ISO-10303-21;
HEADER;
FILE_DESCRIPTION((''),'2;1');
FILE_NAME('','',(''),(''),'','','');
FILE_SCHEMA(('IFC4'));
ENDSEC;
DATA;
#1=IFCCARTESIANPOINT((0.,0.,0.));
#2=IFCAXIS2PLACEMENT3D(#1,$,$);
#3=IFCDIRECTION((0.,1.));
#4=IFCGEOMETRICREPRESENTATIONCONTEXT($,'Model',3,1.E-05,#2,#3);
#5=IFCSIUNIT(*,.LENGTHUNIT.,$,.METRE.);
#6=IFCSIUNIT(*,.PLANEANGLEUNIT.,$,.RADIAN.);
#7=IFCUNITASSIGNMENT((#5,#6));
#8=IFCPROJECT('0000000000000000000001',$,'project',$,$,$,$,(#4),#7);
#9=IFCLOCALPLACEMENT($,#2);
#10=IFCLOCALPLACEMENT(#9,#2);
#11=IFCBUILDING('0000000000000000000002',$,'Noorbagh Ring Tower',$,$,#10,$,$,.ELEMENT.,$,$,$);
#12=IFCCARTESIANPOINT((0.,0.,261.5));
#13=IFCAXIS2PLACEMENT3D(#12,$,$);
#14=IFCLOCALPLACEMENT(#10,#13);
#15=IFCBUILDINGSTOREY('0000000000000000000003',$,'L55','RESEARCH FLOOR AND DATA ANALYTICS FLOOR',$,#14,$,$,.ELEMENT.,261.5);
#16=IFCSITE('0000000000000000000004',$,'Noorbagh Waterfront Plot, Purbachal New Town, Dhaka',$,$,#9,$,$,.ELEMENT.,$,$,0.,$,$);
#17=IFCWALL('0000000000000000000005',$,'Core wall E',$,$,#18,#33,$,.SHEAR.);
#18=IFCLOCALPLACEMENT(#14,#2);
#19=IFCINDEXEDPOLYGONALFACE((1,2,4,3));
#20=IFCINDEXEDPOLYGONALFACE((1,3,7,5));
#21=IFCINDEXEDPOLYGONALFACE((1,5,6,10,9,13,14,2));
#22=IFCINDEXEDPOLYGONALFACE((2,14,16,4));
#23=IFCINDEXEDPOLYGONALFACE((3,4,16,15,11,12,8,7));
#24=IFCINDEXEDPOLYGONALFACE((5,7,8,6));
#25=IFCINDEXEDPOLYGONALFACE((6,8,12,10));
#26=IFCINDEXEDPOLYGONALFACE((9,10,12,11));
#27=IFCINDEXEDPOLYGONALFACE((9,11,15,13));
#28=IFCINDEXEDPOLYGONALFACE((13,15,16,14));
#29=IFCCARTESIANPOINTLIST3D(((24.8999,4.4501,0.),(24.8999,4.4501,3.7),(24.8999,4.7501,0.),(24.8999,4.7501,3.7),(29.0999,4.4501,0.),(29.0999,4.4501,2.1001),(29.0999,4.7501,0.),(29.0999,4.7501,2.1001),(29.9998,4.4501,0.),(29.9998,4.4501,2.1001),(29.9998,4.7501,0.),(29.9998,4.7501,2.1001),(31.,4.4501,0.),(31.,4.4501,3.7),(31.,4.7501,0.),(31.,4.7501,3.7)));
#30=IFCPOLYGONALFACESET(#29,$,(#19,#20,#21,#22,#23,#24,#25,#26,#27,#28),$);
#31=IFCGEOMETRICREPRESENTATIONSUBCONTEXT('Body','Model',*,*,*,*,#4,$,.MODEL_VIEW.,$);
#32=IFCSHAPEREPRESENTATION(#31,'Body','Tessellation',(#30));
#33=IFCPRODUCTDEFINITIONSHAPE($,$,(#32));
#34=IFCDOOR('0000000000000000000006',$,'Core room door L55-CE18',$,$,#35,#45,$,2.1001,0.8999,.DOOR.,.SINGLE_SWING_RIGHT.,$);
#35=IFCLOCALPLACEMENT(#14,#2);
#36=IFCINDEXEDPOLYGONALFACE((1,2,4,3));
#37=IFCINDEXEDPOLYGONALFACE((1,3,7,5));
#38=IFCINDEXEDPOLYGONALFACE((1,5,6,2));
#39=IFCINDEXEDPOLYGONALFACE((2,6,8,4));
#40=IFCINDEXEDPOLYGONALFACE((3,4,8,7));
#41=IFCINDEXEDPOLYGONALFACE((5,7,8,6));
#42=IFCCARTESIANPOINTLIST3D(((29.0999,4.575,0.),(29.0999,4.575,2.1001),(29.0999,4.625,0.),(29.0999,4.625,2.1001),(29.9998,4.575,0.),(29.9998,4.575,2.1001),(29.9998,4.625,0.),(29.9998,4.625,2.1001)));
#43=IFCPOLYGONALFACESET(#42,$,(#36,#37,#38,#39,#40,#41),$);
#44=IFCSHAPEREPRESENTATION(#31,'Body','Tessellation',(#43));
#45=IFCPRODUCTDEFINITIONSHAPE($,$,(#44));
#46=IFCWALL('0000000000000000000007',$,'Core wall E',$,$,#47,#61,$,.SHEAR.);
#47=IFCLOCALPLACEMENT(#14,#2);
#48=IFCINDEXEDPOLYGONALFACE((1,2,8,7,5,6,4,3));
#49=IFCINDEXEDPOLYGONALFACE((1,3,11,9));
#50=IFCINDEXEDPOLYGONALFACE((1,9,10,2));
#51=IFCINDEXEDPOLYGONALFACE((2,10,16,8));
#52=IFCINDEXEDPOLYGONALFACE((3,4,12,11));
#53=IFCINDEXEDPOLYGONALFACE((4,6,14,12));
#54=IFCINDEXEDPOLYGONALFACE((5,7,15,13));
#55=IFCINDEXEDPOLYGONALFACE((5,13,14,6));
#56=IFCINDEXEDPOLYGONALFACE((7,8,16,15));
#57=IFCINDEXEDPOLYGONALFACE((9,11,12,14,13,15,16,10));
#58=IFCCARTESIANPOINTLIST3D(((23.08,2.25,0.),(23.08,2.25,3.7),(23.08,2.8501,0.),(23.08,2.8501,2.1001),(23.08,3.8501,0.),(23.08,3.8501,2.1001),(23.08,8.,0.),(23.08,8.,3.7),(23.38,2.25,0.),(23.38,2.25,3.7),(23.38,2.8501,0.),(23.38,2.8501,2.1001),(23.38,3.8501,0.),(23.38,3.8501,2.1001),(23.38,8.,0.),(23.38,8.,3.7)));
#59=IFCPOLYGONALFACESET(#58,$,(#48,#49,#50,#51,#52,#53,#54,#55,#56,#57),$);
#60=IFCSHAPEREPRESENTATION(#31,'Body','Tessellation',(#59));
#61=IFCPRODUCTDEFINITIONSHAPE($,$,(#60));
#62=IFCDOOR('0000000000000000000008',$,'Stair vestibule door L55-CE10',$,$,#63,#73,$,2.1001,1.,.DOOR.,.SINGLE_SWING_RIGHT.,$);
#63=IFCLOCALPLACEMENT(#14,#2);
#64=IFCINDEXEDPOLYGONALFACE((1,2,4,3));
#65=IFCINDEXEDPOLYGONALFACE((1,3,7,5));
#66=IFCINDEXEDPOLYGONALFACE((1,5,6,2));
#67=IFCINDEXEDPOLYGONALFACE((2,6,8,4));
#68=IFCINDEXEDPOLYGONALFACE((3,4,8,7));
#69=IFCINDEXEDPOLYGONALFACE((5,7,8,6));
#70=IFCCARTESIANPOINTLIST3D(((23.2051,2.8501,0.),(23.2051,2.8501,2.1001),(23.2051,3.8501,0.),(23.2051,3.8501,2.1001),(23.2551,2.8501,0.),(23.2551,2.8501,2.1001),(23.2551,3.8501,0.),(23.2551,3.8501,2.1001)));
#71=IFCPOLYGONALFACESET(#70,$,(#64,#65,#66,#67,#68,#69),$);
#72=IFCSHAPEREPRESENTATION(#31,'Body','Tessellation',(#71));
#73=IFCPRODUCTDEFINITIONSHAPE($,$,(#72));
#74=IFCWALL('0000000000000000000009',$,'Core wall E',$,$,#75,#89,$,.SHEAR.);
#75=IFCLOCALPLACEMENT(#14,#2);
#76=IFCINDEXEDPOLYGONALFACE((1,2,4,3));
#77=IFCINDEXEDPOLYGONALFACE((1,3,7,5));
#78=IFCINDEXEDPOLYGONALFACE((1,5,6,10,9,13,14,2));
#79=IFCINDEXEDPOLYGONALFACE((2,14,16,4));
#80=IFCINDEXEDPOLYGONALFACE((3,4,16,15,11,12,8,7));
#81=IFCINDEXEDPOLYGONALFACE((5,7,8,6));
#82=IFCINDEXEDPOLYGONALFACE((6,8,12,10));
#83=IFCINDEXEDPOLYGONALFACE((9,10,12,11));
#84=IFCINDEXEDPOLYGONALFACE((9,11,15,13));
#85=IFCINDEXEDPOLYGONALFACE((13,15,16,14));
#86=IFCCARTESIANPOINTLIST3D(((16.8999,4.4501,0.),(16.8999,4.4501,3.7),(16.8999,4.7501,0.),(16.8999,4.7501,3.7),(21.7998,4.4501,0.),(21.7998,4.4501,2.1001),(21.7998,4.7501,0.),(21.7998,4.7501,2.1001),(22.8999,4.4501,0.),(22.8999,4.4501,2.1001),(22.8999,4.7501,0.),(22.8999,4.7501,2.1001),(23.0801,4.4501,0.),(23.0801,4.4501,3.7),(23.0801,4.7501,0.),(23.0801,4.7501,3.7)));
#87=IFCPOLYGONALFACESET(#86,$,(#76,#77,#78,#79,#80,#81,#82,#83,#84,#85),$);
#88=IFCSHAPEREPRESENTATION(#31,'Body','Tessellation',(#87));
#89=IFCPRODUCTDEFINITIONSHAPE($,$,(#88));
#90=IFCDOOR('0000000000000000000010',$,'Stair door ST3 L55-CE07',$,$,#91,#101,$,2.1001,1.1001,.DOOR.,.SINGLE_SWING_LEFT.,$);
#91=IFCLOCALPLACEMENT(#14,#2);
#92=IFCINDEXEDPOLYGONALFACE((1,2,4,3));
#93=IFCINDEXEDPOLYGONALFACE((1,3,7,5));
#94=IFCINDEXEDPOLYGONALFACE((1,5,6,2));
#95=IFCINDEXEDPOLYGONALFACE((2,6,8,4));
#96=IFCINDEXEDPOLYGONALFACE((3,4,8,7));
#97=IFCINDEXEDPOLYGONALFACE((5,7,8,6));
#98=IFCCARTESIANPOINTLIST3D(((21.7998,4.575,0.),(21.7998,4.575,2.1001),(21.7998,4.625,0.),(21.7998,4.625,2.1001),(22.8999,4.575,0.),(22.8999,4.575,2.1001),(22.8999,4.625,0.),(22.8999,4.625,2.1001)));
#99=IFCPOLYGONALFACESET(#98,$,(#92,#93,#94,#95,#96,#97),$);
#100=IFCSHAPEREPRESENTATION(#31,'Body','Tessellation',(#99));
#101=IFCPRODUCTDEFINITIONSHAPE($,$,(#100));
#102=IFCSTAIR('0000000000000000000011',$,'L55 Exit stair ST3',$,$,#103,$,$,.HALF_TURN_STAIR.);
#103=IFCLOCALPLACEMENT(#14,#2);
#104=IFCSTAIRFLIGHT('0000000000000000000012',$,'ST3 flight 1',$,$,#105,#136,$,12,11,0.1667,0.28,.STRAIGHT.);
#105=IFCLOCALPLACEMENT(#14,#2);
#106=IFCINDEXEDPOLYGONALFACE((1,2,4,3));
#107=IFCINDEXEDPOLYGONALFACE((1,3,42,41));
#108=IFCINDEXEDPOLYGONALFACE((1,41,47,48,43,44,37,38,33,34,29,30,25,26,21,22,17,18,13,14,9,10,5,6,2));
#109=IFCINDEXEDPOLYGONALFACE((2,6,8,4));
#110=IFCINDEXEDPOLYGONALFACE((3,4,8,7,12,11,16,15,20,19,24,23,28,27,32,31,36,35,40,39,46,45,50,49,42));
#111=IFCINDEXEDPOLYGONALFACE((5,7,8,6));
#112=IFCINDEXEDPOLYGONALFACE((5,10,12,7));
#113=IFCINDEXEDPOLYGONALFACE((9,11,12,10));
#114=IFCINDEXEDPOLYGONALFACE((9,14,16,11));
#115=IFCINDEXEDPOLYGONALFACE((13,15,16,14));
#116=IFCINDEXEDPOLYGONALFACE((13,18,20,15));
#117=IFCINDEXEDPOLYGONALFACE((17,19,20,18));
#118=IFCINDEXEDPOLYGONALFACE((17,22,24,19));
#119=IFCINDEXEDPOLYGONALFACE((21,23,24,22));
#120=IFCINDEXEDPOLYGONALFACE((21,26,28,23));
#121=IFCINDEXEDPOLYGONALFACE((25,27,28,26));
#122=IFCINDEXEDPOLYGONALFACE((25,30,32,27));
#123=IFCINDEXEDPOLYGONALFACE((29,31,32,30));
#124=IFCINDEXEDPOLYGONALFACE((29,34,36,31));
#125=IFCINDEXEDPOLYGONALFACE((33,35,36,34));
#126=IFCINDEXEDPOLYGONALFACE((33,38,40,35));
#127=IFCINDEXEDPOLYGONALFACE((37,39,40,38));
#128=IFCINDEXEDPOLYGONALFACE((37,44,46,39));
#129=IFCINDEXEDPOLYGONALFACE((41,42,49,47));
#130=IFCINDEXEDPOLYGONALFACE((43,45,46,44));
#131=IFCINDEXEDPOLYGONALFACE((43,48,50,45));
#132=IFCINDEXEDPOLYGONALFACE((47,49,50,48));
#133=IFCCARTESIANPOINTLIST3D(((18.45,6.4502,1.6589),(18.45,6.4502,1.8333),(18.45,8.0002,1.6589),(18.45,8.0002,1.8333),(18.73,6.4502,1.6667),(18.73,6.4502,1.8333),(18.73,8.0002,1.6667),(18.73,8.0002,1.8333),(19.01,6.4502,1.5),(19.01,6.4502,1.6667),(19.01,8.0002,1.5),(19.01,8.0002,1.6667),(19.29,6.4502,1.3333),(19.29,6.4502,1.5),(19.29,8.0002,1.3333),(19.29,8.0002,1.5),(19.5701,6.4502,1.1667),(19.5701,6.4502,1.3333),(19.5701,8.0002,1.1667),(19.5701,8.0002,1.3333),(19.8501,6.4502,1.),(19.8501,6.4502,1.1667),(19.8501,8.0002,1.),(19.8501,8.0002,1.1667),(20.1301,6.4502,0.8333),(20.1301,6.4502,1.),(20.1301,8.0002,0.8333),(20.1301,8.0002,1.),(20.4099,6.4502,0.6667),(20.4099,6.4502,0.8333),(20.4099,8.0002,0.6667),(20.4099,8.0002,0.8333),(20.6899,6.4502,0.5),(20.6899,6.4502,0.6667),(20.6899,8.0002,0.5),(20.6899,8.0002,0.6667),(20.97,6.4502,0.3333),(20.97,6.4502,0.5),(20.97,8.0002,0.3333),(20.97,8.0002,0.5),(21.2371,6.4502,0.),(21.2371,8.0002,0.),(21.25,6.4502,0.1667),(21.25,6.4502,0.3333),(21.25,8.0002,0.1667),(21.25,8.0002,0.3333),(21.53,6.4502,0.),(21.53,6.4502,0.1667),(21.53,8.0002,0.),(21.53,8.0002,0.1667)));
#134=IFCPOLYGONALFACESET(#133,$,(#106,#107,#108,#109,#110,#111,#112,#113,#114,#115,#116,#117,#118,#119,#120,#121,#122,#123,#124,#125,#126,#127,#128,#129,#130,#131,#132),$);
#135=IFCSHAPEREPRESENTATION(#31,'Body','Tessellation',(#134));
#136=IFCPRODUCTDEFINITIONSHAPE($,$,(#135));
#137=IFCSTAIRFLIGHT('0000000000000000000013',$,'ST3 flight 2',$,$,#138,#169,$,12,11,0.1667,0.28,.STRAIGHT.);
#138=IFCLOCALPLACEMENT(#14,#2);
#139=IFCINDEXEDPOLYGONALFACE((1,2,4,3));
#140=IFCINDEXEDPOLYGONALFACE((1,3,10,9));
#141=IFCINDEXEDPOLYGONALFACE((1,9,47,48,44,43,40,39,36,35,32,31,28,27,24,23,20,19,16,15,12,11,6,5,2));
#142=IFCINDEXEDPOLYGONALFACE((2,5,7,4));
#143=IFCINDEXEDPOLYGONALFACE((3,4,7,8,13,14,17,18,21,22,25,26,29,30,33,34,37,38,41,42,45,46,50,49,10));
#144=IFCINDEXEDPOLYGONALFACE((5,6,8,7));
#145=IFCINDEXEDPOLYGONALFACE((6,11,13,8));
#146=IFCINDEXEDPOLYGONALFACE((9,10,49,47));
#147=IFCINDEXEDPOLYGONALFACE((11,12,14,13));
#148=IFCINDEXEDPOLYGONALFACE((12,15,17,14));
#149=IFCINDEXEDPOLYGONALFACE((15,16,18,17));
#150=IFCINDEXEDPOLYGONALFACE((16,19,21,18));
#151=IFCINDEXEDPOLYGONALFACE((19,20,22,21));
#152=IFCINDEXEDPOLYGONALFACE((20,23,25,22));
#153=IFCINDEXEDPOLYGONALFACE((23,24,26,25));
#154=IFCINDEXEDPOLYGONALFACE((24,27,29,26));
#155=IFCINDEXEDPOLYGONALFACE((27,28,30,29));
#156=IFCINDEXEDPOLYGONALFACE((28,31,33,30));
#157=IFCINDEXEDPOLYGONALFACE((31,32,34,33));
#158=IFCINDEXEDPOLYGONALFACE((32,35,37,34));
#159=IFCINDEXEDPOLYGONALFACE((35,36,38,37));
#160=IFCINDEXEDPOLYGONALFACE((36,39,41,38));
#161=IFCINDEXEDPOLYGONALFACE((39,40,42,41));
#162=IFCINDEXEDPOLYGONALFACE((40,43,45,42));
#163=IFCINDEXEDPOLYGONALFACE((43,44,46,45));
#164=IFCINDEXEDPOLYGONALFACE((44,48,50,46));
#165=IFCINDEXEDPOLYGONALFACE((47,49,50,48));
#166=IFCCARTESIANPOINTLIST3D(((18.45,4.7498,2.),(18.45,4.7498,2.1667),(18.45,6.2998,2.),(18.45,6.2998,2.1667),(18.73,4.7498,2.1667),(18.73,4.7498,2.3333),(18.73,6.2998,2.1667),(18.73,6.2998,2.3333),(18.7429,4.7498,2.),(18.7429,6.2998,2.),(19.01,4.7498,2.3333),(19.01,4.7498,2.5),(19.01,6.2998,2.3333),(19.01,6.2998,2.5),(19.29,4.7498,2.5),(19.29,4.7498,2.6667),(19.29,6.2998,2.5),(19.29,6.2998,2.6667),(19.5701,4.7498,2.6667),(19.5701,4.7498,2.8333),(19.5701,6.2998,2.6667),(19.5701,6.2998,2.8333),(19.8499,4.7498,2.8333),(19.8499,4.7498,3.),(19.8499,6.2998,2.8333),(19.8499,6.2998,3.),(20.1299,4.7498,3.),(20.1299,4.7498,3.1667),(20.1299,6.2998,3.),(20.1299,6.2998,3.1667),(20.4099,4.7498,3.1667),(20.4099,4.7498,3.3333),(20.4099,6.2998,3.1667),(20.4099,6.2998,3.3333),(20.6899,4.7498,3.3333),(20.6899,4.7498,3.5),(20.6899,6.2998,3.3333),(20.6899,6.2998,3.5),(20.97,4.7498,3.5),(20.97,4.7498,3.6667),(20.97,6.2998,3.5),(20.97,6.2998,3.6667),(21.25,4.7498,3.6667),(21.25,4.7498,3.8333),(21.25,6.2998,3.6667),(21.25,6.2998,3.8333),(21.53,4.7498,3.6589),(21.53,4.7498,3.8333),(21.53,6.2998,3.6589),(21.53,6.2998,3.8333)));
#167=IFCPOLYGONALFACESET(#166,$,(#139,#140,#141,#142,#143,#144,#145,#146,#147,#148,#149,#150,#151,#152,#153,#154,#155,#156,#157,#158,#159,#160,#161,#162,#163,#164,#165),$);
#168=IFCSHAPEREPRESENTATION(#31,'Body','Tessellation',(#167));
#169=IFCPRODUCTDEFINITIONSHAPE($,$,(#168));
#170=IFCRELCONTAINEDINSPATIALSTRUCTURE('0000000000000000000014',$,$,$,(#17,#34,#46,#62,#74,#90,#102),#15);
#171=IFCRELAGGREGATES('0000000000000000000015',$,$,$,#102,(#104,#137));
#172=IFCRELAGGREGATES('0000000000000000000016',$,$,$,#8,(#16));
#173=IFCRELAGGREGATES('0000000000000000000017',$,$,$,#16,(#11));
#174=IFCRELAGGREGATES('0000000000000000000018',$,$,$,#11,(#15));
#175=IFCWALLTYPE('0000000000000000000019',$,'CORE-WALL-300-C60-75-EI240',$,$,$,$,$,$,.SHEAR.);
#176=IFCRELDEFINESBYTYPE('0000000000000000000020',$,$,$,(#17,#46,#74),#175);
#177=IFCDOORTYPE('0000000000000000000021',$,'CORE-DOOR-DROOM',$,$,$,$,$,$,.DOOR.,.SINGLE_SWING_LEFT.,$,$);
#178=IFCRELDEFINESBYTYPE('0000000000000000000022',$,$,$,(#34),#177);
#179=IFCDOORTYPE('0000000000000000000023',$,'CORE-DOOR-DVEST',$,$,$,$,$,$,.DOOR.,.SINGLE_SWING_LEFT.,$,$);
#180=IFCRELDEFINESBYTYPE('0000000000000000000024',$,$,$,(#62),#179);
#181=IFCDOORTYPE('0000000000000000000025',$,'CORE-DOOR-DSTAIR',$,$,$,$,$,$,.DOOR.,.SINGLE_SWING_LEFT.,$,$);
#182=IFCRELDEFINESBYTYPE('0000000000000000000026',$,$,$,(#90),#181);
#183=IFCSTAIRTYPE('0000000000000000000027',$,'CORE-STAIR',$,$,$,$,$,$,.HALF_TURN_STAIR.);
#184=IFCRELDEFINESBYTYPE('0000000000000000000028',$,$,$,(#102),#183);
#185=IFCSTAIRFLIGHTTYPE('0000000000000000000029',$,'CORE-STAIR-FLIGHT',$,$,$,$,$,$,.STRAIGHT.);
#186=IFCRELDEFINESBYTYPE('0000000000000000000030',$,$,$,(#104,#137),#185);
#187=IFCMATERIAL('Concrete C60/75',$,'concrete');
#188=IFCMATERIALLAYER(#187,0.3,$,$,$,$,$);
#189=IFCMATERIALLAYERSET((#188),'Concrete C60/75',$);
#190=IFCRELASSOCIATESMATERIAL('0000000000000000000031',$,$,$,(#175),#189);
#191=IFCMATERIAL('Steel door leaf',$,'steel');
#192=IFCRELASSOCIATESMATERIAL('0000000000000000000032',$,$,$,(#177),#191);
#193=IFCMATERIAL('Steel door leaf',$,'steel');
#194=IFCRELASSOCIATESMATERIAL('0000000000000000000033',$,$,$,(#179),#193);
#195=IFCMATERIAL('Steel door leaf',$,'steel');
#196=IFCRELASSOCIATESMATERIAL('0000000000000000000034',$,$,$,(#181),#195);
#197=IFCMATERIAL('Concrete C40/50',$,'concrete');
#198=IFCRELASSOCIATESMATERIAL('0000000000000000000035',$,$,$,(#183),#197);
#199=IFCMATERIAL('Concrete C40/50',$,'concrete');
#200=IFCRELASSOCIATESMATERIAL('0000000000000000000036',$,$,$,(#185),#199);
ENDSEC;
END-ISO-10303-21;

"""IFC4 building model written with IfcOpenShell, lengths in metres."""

from ifc_helpers import new_model, si_unit, direction, frame, frame_2d, origin, place, context, subcontext, project, spatial, polyline, rectangle, outline, extrude, material, layer, layer_set, type_object, element, fill, aggregate, save


model = new_model("IFC4")

# Units and contexts
model_context = context("Model", 3, precision=1e-05, world=origin(), true_north=direction((0.0, 1.0)))
body_context = subcontext(model_context, "Body", "Model", "MODEL_VIEW")
ifc_project = project(units=[si_unit("LENGTHUNIT", "METRE"), si_unit("PLANEANGLEUNIT", "RADIAN")], contexts=[model_context])

# Site, building, storey
site_placement = place(None, origin())
site = spatial("IfcSite", under=ifc_project, at=site_placement, Name="Noorbagh Waterfront Plot, Purbachal New Town, Dhaka", CompositionType="ELEMENT", RefElevation=0.0)
building_placement = place(site_placement, origin())
building = spatial("IfcBuilding", under=site, at=building_placement, Name="Noorbagh Ring Tower", CompositionType="ELEMENT")
storey_placement = place(building_placement, frame((0.0, 0.0, 261.5)))
storey = spatial("IfcBuildingStorey", under=building, at=storey_placement, Name="L55", Description="RESEARCH FLOOR AND DATA ANALYTICS FLOOR", CompositionType="ELEMENT", Elevation=261.5)

# Walls, openings, doors
ifc_material_1 = material(Name="Concrete C60/75", Category="concrete")
ifc_layer_1 = layer(ifc_material_1, 0.3)
ifc_layer_set_1 = layer_set([ifc_layer_1], Name="Concrete C60/75")
wall_type_1 = type_object("IfcWallType", Name="CORE-WALL-300-C60-75-EI240", PredefinedType="SHEAR", material=ifc_layer_set_1)
wall_1_placement = place(storey_placement, frame((24.8999, 4.6001, 0.0), z_axis=(0.0, 0.0, 1.0), x_axis=(1.0, 0.0, 0.0)))
wall_1 = element("IfcWall", 1, at=wall_1_placement, inside=storey, type_object=wall_type_1, Name="Core wall E", PredefinedType="SHEAR", context=body_context, shape_type="SweptSolid", body=[
    extrude(rectangle(XDim=6.1001, YDim=0.3, at=frame_2d((3.05, 0.0))), origin(), (0.0, 0.0, 1.0), 3.7),
])
opening_1_placement = place(wall_1_placement, frame((4.2, 0.0, 0.0)))
opening_1 = element("IfcOpeningElement", 2, at=opening_1_placement, cuts=wall_1, PredefinedType="OPENING", context=body_context, shape_type="SweptSolid", body=[
    extrude(rectangle(XDim=0.8999, YDim=2.1001, at=frame_2d((0.45, 1.05))), frame((0.0, 0.1602, 0.0), z_axis=(0.0, -1.0, 0.0), x_axis=(1.0, 0.0, 0.0)), (0.0, 0.0, 1.0), 0.3201),
])
ifc_material_2 = material(Name="Steel door leaf", Category="steel")
door_type_1 = type_object("IfcDoorType", Name="CORE-DOOR-DROOM", OperationType="SINGLE_SWING_LEFT", PredefinedType="DOOR", material=ifc_material_2)
door_1_placement = place(opening_1_placement, origin())
door_1 = element("IfcDoor", 3, at=door_1_placement, inside=storey, type_object=door_type_1, Name="Core room door L55-CE18", OperationType="SINGLE_SWING_RIGHT", OverallHeight=2.1001, OverallWidth=0.8999, PredefinedType="DOOR", context=body_context, shape_type="SweptSolid", body=[
    extrude(rectangle(XDim=0.8999, YDim=2.1001, at=frame_2d((0.45, 1.05))), frame((0.0, 0.0249, 0.0), z_axis=(0.0, -1.0, 0.0), x_axis=(1.0, 0.0, 0.0)), (0.0, 0.0, 1.0), 0.05),
])
fill(opening_1, door_1)
wall_2_placement = place(storey_placement, frame((23.23, 2.25, 0.0), z_axis=(0.0, 0.0, 1.0), x_axis=(0.0, 1.0, 0.0)))
wall_2 = element("IfcWall", 4, at=wall_2_placement, inside=storey, type_object=wall_type_1, Name="Core wall E", PredefinedType="SHEAR", context=body_context, shape_type="SweptSolid", body=[
    extrude(rectangle(XDim=5.75, YDim=0.3, at=frame_2d((2.875, 0.0))), origin(), (0.0, 0.0, 1.0), 3.7),
])
opening_2_placement = place(wall_2_placement, frame((0.6001, 0.0, 0.0)))
opening_2 = element("IfcOpeningElement", 5, at=opening_2_placement, cuts=wall_2, PredefinedType="OPENING", context=body_context, shape_type="SweptSolid", body=[
    extrude(rectangle(XDim=1.0, YDim=2.1001, at=frame_2d((0.5, 1.05))), frame((0.0, 0.1602, 0.0), z_axis=(0.0, -1.0, 0.0), x_axis=(1.0, 0.0, 0.0)), (0.0, 0.0, 1.0), 0.3201),
])
ifc_material_3 = material(Name="Steel door leaf", Category="steel")
door_type_2 = type_object("IfcDoorType", Name="CORE-DOOR-DVEST", OperationType="SINGLE_SWING_LEFT", PredefinedType="DOOR", material=ifc_material_3)
door_2_placement = place(opening_2_placement, origin())
door_2 = element("IfcDoor", 6, at=door_2_placement, inside=storey, type_object=door_type_2, Name="Stair vestibule door L55-CE10", OperationType="SINGLE_SWING_RIGHT", OverallHeight=2.1001, OverallWidth=1.0, PredefinedType="DOOR", context=body_context, shape_type="SweptSolid", body=[
    extrude(rectangle(XDim=1.0, YDim=2.1001, at=frame_2d((0.5, 1.05))), frame((0.0, 0.0249, 0.0), z_axis=(0.0, -1.0, 0.0), x_axis=(1.0, 0.0, 0.0)), (0.0, 0.0, 1.0), 0.05),
])
fill(opening_2, door_2)
wall_3_placement = place(storey_placement, frame((16.8999, 4.6001, 0.0), z_axis=(0.0, 0.0, 1.0), x_axis=(1.0, 0.0, 0.0)))
wall_3 = element("IfcWall", 7, at=wall_3_placement, inside=storey, type_object=wall_type_1, Name="Core wall E", PredefinedType="SHEAR", context=body_context, shape_type="SweptSolid", body=[
    extrude(rectangle(XDim=6.1802, YDim=0.3, at=frame_2d((3.0901, 0.0))), origin(), (0.0, 0.0, 1.0), 3.7),
])
opening_3_placement = place(wall_3_placement, frame((4.8999, 0.0, 0.0)))
opening_3 = element("IfcOpeningElement", 8, at=opening_3_placement, cuts=wall_3, PredefinedType="OPENING", context=body_context, shape_type="SweptSolid", body=[
    extrude(rectangle(XDim=1.1001, YDim=2.1001, at=frame_2d((0.55, 1.05))), frame((0.0, 0.1602, 0.0), z_axis=(0.0, -1.0, 0.0), x_axis=(1.0, 0.0, 0.0)), (0.0, 0.0, 1.0), 0.3201),
])
ifc_material_4 = material(Name="Steel door leaf", Category="steel")
door_type_3 = type_object("IfcDoorType", Name="CORE-DOOR-DSTAIR", OperationType="SINGLE_SWING_LEFT", PredefinedType="DOOR", material=ifc_material_4)
door_3_placement = place(opening_3_placement, origin())
door_3 = element("IfcDoor", 9, at=door_3_placement, inside=storey, type_object=door_type_3, Name="Stair door ST3 L55-CE07", OperationType="SINGLE_SWING_LEFT", OverallHeight=2.1001, OverallWidth=1.1001, PredefinedType="DOOR", context=body_context, shape_type="SweptSolid", body=[
    extrude(rectangle(XDim=1.1001, YDim=2.1001, at=frame_2d((0.55, 1.05))), frame((0.0, 0.0249, 0.0), z_axis=(0.0, -1.0, 0.0), x_axis=(1.0, 0.0, 0.0)), (0.0, 0.0, 1.0), 0.05),
])
fill(opening_3, door_3)

# Stair, stair flights
ifc_material_5 = material(Name="Concrete C40/50", Category="concrete")
stair_type = type_object("IfcStairType", Name="CORE-STAIR", PredefinedType="HALF_TURN_STAIR", material=ifc_material_5)
stair_placement = place(storey_placement, origin())
stair = element("IfcStair", 10, at=stair_placement, inside=storey, type_object=stair_type, Name="L55 Exit stair ST3", PredefinedType="HALF_TURN_STAIR")
ifc_material_6 = material(Name="Concrete C40/50", Category="concrete")
stair_flight_type = type_object("IfcStairFlightType", Name="CORE-STAIR-FLIGHT", PredefinedType="STRAIGHT", material=ifc_material_6)
stair_flight_1_placement = place(storey_placement, frame((21.53, 7.2251, 0.0), z_axis=(0.0, 0.0, 1.0), x_axis=(-1.0, 0.0, 0.0)))
stair_flight_1 = element("IfcStairFlight", 11, at=stair_flight_1_placement, type_object=stair_flight_type, Name="ST3 flight 1", NumberOfRisers=12, NumberOfTreads=11, PredefinedType="STRAIGHT", RiserHeight=0.1667, TreadLength=0.28, context=body_context, shape_type="SweptSolid", body=[
    extrude(outline(polyline([(0.0, 0.0), (0.0, 0.1667), (0.28, 0.1667), (0.28, 0.3333), (0.5601, 0.3333), (0.5601, 0.5), (0.8401, 0.5), (0.8401, 0.6667), (1.1201, 0.6667), (1.1201, 0.8333), (1.3999, 0.8333), (1.3999, 1.0), (1.6799, 1.0), (1.6799, 1.1667), (1.96, 1.1667), (1.96, 1.3333), (2.24, 1.3333), (2.24, 1.5), (2.52, 1.5), (2.52, 1.6667), (2.8, 1.6667), (2.8, 1.8333), (3.0801, 1.8333), (3.0801, 2.0), (3.0801, 1.6589), (0.293, 0.0), (0.0, 0.0)])), frame((0.0, 0.7749, 0.0), z_axis=(0.0, -1.0, 0.0), x_axis=(1.0, 0.0, 0.0)), (0.0, 0.0, 1.0), 1.55),
])
stair_flight_2_placement = place(storey_placement, frame((18.45, 5.5249, 2.0), z_axis=(0.0, 0.0, 1.0), x_axis=(1.0, 0.0, 0.0)))
stair_flight_2 = element("IfcStairFlight", 12, at=stair_flight_2_placement, type_object=stair_flight_type, Name="ST3 flight 2", NumberOfRisers=12, NumberOfTreads=11, PredefinedType="STRAIGHT", RiserHeight=0.1667, TreadLength=0.28, context=body_context, shape_type="SweptSolid", body=[
    extrude(outline(polyline([(0.0, 0.0), (0.0, 0.1667), (0.28, 0.1667), (0.28, 0.3333), (0.5601, 0.3333), (0.5601, 0.5), (0.8401, 0.5), (0.8401, 0.6667), (1.1201, 0.6667), (1.1201, 0.8333), (1.3999, 0.8333), (1.3999, 1.0), (1.6799, 1.0), (1.6799, 1.1667), (1.96, 1.1667), (1.96, 1.3333), (2.24, 1.3333), (2.24, 1.5), (2.52, 1.5), (2.52, 1.6667), (2.8, 1.6667), (2.8, 1.8333), (3.0801, 1.8333), (3.0801, 2.0), (3.0801, 1.6589), (0.293, 0.0), (0.0, 0.0)])), frame((0.0, 0.7749, 0.0), z_axis=(0.0, -1.0, 0.0), x_axis=(1.0, 0.0, 0.0)), (0.0, 0.0, 1.0), 1.55),
])
aggregate(stair, [stair_flight_1, stair_flight_2])

save(model, "model.ifc")
